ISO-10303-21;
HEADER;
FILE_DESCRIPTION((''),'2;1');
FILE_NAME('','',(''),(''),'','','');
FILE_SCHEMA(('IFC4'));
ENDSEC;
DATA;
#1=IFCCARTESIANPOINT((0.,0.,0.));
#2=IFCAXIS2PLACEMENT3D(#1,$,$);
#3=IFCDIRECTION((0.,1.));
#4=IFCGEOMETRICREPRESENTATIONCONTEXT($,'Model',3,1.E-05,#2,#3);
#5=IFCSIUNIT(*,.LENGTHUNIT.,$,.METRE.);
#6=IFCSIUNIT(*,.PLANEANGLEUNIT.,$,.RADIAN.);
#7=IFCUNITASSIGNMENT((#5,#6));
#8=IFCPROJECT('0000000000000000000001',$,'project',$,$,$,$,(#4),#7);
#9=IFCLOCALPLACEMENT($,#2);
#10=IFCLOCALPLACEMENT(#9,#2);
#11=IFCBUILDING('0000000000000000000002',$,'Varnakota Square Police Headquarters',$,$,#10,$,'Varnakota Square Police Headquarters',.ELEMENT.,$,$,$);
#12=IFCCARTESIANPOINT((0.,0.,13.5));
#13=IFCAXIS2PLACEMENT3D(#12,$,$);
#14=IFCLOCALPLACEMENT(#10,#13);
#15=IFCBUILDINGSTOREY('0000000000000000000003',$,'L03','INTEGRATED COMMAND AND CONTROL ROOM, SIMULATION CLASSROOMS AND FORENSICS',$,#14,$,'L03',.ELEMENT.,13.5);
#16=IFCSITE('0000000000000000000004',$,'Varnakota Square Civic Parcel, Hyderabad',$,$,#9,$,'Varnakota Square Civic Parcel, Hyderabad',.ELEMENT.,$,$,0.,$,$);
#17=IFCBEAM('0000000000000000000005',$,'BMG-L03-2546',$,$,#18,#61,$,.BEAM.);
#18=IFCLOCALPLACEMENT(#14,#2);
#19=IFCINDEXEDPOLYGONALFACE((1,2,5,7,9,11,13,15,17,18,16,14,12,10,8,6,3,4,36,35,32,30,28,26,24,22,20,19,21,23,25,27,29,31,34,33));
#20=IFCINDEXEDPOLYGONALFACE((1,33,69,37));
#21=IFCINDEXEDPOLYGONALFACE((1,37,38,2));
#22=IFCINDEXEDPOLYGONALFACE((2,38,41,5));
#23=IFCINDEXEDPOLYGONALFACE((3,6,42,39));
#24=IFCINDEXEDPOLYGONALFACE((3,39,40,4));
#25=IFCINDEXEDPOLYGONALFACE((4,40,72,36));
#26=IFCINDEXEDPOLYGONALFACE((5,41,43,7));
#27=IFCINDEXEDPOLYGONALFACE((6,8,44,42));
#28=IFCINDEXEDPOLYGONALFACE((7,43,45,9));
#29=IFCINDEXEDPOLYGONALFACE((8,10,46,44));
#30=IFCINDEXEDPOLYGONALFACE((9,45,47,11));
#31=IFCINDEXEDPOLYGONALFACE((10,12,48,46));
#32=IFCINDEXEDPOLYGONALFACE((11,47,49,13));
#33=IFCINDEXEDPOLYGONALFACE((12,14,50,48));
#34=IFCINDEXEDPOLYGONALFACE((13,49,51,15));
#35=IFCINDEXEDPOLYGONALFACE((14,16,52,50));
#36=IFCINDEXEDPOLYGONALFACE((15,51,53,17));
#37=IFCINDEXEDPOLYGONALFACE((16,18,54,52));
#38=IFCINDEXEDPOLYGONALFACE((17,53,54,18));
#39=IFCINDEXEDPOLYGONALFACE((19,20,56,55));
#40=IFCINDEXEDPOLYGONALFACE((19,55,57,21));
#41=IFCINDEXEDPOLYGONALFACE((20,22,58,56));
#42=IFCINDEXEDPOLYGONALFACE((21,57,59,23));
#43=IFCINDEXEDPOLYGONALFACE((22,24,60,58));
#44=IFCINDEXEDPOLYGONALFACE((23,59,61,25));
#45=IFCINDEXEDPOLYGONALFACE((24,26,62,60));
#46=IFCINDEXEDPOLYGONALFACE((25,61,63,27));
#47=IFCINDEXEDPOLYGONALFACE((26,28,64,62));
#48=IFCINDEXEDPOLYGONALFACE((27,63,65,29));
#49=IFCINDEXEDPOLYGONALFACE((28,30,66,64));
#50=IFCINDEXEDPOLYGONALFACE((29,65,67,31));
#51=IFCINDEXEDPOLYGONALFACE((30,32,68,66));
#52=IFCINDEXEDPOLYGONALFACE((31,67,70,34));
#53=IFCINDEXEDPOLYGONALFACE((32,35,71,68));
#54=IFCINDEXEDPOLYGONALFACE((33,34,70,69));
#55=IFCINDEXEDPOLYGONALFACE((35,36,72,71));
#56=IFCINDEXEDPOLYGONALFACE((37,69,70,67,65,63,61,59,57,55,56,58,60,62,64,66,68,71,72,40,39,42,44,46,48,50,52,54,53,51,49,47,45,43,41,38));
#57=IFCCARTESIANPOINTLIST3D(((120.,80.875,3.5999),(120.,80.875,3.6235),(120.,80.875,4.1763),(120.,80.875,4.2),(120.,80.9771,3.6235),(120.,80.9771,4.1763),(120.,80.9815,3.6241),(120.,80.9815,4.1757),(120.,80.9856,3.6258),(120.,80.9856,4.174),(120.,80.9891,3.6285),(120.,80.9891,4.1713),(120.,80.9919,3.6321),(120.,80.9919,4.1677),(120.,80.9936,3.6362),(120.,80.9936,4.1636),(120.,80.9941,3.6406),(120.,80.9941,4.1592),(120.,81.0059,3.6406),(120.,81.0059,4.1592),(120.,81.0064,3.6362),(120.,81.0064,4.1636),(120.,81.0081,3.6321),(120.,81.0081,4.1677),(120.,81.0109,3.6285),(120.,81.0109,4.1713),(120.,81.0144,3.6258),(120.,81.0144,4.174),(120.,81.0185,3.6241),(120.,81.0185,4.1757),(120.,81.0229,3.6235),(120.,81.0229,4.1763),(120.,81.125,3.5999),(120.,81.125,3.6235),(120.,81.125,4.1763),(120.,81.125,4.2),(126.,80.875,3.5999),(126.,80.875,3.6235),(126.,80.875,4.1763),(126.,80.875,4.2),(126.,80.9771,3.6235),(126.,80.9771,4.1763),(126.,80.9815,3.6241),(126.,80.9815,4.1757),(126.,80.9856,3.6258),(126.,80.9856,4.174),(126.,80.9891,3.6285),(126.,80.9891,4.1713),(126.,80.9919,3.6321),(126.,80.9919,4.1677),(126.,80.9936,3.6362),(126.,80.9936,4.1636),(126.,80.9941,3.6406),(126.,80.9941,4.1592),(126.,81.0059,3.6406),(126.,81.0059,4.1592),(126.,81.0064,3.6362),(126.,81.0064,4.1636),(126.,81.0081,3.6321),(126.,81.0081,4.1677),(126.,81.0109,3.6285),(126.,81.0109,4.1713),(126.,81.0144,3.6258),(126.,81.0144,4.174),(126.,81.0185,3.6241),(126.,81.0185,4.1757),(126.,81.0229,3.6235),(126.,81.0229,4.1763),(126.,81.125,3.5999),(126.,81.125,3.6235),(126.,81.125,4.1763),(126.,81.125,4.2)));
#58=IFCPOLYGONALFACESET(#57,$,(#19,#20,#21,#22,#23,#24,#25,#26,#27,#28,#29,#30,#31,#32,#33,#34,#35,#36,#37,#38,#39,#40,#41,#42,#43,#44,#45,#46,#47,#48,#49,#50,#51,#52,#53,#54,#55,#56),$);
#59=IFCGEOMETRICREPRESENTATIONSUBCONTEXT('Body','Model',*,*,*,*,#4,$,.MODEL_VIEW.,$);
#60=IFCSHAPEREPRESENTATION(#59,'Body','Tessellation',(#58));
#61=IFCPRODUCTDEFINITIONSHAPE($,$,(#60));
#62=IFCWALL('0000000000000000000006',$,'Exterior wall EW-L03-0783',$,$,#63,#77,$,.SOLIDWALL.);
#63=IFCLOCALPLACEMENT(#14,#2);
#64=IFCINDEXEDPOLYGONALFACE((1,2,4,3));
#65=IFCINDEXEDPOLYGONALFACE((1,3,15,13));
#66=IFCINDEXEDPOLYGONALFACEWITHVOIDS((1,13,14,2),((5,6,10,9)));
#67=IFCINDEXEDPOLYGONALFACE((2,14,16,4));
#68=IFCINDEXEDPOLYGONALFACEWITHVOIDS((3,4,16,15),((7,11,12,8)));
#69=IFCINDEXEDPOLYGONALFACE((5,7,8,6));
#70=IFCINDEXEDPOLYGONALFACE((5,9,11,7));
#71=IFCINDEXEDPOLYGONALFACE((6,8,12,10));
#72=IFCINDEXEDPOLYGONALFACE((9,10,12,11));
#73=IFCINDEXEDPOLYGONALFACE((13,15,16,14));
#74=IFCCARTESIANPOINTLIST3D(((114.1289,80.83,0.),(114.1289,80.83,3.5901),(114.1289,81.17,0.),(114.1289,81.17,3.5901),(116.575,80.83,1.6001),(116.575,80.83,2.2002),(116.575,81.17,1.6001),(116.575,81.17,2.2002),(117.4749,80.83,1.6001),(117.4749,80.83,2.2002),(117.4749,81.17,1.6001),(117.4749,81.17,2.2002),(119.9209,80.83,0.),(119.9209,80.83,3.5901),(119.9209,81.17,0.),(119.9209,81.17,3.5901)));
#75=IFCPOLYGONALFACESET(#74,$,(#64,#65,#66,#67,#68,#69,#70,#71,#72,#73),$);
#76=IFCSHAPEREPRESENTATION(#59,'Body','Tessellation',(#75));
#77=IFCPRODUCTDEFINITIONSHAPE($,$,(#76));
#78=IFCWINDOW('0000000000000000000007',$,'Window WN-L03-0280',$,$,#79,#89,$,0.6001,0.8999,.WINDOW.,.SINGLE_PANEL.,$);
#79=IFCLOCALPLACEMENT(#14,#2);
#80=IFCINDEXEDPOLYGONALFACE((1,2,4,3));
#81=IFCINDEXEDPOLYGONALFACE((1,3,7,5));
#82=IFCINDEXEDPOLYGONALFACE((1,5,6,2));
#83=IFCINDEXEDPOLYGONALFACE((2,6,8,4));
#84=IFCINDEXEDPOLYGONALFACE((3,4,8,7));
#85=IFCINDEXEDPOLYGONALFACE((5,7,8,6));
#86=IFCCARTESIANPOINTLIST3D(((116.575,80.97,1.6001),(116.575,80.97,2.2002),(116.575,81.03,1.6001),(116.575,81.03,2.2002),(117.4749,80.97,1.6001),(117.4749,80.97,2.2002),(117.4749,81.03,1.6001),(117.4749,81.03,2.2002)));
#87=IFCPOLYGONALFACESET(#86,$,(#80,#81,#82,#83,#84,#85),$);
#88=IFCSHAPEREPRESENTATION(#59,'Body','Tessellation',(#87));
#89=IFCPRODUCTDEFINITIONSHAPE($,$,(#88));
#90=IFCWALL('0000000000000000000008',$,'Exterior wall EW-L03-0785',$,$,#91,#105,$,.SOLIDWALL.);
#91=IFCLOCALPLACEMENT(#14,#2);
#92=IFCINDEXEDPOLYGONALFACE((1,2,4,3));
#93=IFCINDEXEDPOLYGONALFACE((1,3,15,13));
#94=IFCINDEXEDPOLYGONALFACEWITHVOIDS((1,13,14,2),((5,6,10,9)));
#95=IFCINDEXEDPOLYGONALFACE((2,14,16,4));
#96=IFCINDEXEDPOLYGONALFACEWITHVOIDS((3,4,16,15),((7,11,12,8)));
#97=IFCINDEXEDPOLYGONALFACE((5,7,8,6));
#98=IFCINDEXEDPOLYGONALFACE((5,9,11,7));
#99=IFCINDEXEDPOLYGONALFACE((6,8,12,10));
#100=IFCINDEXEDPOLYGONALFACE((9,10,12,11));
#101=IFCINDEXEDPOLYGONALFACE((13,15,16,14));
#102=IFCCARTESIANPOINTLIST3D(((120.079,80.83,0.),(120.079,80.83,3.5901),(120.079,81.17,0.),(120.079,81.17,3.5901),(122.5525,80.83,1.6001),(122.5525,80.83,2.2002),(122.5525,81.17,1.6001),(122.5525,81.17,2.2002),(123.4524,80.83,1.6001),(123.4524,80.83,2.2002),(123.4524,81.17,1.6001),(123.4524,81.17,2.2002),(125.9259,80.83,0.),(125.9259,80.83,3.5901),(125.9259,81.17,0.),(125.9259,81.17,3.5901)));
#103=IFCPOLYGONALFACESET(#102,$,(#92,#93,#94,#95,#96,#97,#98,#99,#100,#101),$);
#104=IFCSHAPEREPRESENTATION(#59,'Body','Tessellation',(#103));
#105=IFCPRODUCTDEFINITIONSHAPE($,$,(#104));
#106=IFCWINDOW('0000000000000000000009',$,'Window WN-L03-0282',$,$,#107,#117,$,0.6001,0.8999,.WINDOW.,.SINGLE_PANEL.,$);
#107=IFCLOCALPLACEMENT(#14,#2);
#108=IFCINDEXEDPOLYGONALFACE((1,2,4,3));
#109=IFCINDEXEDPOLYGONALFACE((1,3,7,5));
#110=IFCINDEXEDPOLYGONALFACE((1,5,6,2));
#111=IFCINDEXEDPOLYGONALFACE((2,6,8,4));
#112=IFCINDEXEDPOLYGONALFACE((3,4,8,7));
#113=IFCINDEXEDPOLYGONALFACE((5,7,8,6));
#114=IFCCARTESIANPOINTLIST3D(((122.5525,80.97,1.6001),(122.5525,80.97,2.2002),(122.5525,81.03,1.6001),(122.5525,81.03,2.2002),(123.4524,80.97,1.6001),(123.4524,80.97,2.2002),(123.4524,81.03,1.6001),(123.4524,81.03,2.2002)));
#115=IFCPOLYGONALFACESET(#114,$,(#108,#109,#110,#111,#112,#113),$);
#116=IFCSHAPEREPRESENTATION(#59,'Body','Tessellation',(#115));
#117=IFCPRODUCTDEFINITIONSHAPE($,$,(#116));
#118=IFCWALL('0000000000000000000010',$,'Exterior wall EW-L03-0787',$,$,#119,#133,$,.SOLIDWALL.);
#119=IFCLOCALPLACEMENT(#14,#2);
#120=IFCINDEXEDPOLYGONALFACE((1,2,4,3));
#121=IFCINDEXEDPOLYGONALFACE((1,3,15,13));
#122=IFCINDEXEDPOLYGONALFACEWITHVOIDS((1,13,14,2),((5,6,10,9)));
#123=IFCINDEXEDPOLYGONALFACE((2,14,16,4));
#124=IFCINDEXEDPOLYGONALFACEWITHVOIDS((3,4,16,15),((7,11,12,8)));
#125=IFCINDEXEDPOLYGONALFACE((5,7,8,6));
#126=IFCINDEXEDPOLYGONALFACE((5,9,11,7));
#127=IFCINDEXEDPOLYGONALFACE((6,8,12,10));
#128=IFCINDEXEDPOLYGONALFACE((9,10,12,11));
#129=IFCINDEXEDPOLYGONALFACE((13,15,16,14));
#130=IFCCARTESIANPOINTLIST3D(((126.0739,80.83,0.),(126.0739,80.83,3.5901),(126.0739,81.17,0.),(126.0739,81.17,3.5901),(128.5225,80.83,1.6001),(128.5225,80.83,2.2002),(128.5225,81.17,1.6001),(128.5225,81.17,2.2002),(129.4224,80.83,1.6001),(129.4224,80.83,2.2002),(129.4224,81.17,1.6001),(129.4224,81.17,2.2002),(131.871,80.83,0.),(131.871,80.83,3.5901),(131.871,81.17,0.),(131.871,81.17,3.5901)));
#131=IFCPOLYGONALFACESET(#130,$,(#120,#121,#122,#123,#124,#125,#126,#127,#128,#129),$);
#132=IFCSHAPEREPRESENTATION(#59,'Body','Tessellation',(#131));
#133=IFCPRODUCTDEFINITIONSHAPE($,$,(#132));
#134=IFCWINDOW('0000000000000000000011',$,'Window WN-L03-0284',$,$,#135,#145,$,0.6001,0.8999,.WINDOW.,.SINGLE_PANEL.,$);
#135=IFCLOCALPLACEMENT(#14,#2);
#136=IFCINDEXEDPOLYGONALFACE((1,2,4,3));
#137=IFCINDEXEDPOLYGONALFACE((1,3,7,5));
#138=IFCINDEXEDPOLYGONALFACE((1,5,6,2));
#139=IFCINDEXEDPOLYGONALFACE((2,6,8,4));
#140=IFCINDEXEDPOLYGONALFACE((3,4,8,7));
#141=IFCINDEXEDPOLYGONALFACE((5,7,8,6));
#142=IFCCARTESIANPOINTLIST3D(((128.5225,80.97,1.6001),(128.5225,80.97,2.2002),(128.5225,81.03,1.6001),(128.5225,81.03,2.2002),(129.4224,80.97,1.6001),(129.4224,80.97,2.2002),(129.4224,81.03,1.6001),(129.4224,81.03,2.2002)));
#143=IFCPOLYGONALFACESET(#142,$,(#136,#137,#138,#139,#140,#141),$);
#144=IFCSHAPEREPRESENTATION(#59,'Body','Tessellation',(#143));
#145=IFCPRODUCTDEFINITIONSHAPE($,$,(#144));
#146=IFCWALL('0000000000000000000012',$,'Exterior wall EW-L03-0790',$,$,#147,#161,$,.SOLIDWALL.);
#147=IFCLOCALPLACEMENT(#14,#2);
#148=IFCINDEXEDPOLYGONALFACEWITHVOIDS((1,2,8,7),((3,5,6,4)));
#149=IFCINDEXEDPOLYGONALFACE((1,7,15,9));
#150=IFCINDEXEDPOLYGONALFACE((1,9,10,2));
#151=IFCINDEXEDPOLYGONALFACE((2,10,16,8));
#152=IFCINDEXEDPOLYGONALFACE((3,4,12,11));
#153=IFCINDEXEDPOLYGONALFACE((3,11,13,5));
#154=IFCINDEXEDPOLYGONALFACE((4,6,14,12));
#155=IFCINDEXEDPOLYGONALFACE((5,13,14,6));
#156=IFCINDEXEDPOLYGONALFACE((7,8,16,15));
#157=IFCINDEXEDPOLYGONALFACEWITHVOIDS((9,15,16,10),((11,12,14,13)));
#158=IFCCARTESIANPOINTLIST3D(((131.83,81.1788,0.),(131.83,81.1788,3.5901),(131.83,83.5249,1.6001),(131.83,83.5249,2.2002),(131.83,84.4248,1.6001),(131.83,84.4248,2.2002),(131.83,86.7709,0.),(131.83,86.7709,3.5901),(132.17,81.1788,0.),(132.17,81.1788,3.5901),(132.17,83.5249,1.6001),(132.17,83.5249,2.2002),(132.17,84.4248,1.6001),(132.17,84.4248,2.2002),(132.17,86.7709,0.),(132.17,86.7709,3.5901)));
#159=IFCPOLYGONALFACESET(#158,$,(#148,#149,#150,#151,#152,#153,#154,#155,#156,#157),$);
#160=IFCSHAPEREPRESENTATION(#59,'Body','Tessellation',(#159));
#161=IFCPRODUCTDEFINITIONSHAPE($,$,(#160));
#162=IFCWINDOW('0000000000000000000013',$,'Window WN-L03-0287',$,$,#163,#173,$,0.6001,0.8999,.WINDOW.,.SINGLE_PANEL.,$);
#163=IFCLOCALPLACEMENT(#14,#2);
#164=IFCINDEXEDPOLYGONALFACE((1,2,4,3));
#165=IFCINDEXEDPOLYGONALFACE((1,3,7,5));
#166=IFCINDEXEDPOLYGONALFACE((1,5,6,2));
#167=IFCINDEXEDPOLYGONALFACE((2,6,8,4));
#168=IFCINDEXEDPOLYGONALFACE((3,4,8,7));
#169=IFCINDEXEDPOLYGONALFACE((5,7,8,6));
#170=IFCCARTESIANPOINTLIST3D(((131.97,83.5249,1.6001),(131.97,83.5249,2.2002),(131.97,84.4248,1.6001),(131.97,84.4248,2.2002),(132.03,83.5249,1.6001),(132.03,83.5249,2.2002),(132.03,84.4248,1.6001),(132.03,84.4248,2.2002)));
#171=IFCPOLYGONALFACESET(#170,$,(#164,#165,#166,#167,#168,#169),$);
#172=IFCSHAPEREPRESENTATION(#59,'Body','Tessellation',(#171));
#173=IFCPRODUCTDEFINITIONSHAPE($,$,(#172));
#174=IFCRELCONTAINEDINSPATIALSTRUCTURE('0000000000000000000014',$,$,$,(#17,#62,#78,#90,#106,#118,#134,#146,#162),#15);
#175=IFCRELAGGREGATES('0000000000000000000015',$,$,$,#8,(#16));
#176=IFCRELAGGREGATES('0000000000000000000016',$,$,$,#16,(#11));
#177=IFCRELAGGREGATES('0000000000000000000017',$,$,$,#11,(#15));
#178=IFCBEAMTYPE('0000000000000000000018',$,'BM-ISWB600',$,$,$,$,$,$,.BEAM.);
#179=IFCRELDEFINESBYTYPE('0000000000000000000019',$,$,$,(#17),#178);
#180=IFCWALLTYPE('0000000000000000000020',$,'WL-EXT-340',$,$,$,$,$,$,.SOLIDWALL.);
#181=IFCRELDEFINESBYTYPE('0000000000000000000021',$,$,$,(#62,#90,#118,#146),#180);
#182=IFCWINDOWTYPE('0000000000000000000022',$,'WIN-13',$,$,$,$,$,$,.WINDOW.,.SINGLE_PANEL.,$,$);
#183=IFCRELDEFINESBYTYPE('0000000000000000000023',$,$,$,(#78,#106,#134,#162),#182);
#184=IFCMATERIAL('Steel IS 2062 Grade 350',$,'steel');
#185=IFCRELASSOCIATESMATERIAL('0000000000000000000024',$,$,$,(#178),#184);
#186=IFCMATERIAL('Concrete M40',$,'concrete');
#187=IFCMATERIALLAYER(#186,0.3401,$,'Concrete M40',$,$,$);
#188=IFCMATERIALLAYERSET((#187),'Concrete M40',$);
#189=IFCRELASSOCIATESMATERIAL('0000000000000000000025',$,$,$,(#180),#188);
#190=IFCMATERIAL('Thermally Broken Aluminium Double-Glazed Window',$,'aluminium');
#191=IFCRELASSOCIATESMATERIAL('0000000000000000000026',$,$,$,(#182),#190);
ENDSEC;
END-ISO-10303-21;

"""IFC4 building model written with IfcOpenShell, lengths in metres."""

from ifc_helpers import new_model, si_unit, direction, frame, frame_2d, origin, origin_2d, place, context, subcontext, project, spatial, rectangle, i_section, extrude, material, layer, layer_set, material_profile, profile_set, type_object, element, fill, save


model = new_model("IFC4")

# Units and contexts
model_context = context("Model", 3, precision=1e-05, world=origin(), true_north=direction((0.0, 1.0)))
body_context = subcontext(model_context, "Body", "Model", "MODEL_VIEW")
ifc_project = project(units=[si_unit("LENGTHUNIT", "METRE"), si_unit("PLANEANGLEUNIT", "RADIAN")], contexts=[model_context])

# Site, building, storey
site_placement = place(None, origin())
site = spatial("IfcSite", under=ifc_project, at=site_placement, Name="Varnakota Square Civic Parcel, Hyderabad", LongName="Varnakota Square Civic Parcel, Hyderabad", CompositionType="ELEMENT", RefElevation=0.0)
building_placement = place(site_placement, origin())
building = spatial("IfcBuilding", under=site, at=building_placement, Name="Varnakota Square Police Headquarters", LongName="Varnakota Square Police Headquarters", CompositionType="ELEMENT")
storey_placement = place(building_placement, frame((0.0, 0.0, 13.5)))
storey = spatial("IfcBuildingStorey", under=building, at=storey_placement, Name="L03", Description="INTEGRATED COMMAND AND CONTROL ROOM, SIMULATION CLASSROOMS AND FORENSICS", LongName="L03", CompositionType="ELEMENT", Elevation=13.5)

# Shared definitions
ifc_material_1 = material(Name="Steel IS 2062 Grade 350", Category="steel")

# Beam
ifc_material_profile_1 = material_profile(ifc_material_1, i_section(OverallWidth=0.25, OverallDepth=0.6001, WebThickness=0.0117, FlangeThickness=0.0237, FilletRadius=0.0171, at=origin_2d()), Name="ISWB 600")
ifc_profile_set_1 = profile_set([ifc_material_profile_1], Name="Steel IS 2062 Grade 350")
beam_type_1 = type_object("IfcBeamType", Name="BM-ISWB600", PredefinedType="BEAM", material=ifc_profile_set_1)
beam_1_placement = place(storey_placement, frame((120.0, 81.0, 3.8999), z_axis=(1.0, 0.0, 0.0), x_axis=(0.0, 1.0, 0.0)))
element("IfcBeam", 1, at=beam_1_placement, inside=storey, type_object=beam_type_1, Name="BMG-L03-2546", PredefinedType="BEAM", context=body_context, shape_type="SweptSolid", body=[
    extrude(i_section(OverallWidth=0.25, OverallDepth=0.6001, WebThickness=0.0117, FlangeThickness=0.0237, FilletRadius=0.0171, at=origin_2d()), origin(), (0.0, 0.0, 1.0), 6.0),
])

# Walls, openings, windows
ifc_material_2 = material(Name="Concrete M40", Category="concrete")
ifc_layer = layer(ifc_material_2, 0.3401, Name="Concrete M40")
ifc_layer_set = layer_set([ifc_layer], Name="Concrete M40")
wall_type = type_object("IfcWallType", Name="WL-EXT-340", PredefinedType="SOLIDWALL", material=ifc_layer_set)
wall_1_placement = place(storey_placement, frame((114.1289, 81.0, 0.0), z_axis=(0.0, 0.0, 1.0), x_axis=(1.0, 0.0, 0.0)))
wall_1 = element("IfcWall", 2, at=wall_1_placement, inside=storey, type_object=wall_type, Name="Exterior wall EW-L03-0783", PredefinedType="SOLIDWALL", context=body_context, shape_type="SweptSolid", body=[
    extrude(rectangle(XDim=5.792, YDim=0.3401, at=frame_2d((2.896, 0.0))), origin(), (0.0, 0.0, 1.0), 3.5901),
])
opening_1_placement = place(wall_1_placement, frame((2.446, 0.0, 1.6001)))
opening_1 = element("IfcOpeningElement", 3, at=opening_1_placement, cuts=wall_1, PredefinedType="OPENING", context=body_context, shape_type="SweptSolid", body=[
    extrude(rectangle(XDim=0.8999, YDim=0.6001, at=frame_2d((0.45, 0.3))), frame((0.0, 0.1799, 0.0), z_axis=(0.0, -1.0, 0.0), x_axis=(1.0, 0.0, 0.0)), (0.0, 0.0, 1.0), 0.3601),
])
ifc_material_3 = material(Name="Thermally Broken Aluminium Double-Glazed Window", Category="aluminium")
window_type = type_object("IfcWindowType", Name="WIN-13", PartitioningType="SINGLE_PANEL", PredefinedType="WINDOW", material=ifc_material_3)
window_1_placement = place(opening_1_placement, origin())
window_1 = element("IfcWindow", 4, at=window_1_placement, inside=storey, type_object=window_type, Name="Window WN-L03-0280", OverallHeight=0.6001, OverallWidth=0.8999, PartitioningType="SINGLE_PANEL", PredefinedType="WINDOW", context=body_context, shape_type="SweptSolid", body=[
    extrude(rectangle(XDim=0.8999, YDim=0.6001, at=frame_2d((0.45, 0.3))), frame((0.0, 0.03, 0.0), z_axis=(0.0, -1.0, 0.0), x_axis=(1.0, 0.0, 0.0)), (0.0, 0.0, 1.0), 0.0601),
])
fill(opening_1, window_1)
wall_2_placement = place(storey_placement, frame((120.0791, 81.0, 0.0), z_axis=(0.0, 0.0, 1.0), x_axis=(1.0, 0.0, 0.0)))
wall_2 = element("IfcWall", 5, at=wall_2_placement, inside=storey, type_object=wall_type, Name="Exterior wall EW-L03-0785", PredefinedType="SOLIDWALL", context=body_context, shape_type="SweptSolid", body=[
    extrude(rectangle(XDim=5.8469, YDim=0.3401, at=frame_2d((2.9233, 0.0))), origin(), (0.0, 0.0, 1.0), 3.5901),
])
opening_2_placement = place(wall_2_placement, frame((2.4734, 0.0, 1.6001)))
opening_2 = element("IfcOpeningElement", 6, at=opening_2_placement, cuts=wall_2, PredefinedType="OPENING", context=body_context, shape_type="SweptSolid", body=[
    extrude(rectangle(XDim=0.8999, YDim=0.6001, at=frame_2d((0.45, 0.3))), frame((0.0, 0.1799, 0.0), z_axis=(0.0, -1.0, 0.0), x_axis=(1.0, 0.0, 0.0)), (0.0, 0.0, 1.0), 0.3601),
])
window_2_placement = place(opening_2_placement, origin())
window_2 = element("IfcWindow", 7, at=window_2_placement, inside=storey, type_object=window_type, Name="Window WN-L03-0282", OverallHeight=0.6001, OverallWidth=0.8999, PartitioningType="SINGLE_PANEL", PredefinedType="WINDOW", context=body_context, shape_type="SweptSolid", body=[
    extrude(rectangle(XDim=0.8999, YDim=0.6001, at=frame_2d((0.45, 0.3))), frame((0.0, 0.03, 0.0), z_axis=(0.0, -1.0, 0.0), x_axis=(1.0, 0.0, 0.0)), (0.0, 0.0, 1.0), 0.0601),
])
fill(opening_2, window_2)
wall_3_placement = place(storey_placement, frame((126.074, 81.0, 0.0), z_axis=(0.0, 0.0, 1.0), x_axis=(1.0, 0.0, 0.0)))
wall_3 = element("IfcWall", 8, at=wall_3_placement, inside=storey, type_object=wall_type, Name="Exterior wall EW-L03-0787", PredefinedType="SOLIDWALL", context=body_context, shape_type="SweptSolid", body=[
    extrude(rectangle(XDim=5.7971, YDim=0.3401, at=frame_2d((2.8984, 0.0))), origin(), (0.0, 0.0, 1.0), 3.5901),
])
opening_3_placement = place(wall_3_placement, frame((2.4485, 0.0, 1.6001)))
opening_3 = element("IfcOpeningElement", 9, at=opening_3_placement, cuts=wall_3, PredefinedType="OPENING", context=body_context, shape_type="SweptSolid", body=[
    extrude(rectangle(XDim=0.8999, YDim=0.6001, at=frame_2d((0.45, 0.3))), frame((0.0, 0.1799, 0.0), z_axis=(0.0, -1.0, 0.0), x_axis=(1.0, 0.0, 0.0)), (0.0, 0.0, 1.0), 0.3601),
])
window_3_placement = place(opening_3_placement, origin())
window_3 = element("IfcWindow", 10, at=window_3_placement, inside=storey, type_object=window_type, Name="Window WN-L03-0284", OverallHeight=0.6001, OverallWidth=0.8999, PartitioningType="SINGLE_PANEL", PredefinedType="WINDOW", context=body_context, shape_type="SweptSolid", body=[
    extrude(rectangle(XDim=0.8999, YDim=0.6001, at=frame_2d((0.45, 0.3))), frame((0.0, 0.03, 0.0), z_axis=(0.0, -1.0, 0.0), x_axis=(1.0, 0.0, 0.0)), (0.0, 0.0, 1.0), 0.0601),
])
fill(opening_3, window_3)
wall_4_placement = place(storey_placement, frame((132.0, 81.179, 0.0), z_axis=(0.0, 0.0, 1.0), x_axis=(0.0, 1.0, 0.0)))
wall_4 = element("IfcWall", 11, at=wall_4_placement, inside=storey, type_object=wall_type, Name="Exterior wall EW-L03-0790", PredefinedType="SOLIDWALL", context=body_context, shape_type="SweptSolid", body=[
    extrude(rectangle(XDim=5.592, YDim=0.3401, at=frame_2d((2.7959, 0.0))), origin(), (0.0, 0.0, 1.0), 3.5901),
])
opening_4_placement = place(wall_4_placement, frame((2.3459, 0.0, 1.6001)))
opening_4 = element("IfcOpeningElement", 12, at=opening_4_placement, cuts=wall_4, PredefinedType="OPENING", context=body_context, shape_type="SweptSolid", body=[
    extrude(rectangle(XDim=0.8999, YDim=0.6001, at=frame_2d((0.45, 0.3))), frame((0.0, 0.1799, 0.0), z_axis=(0.0, -1.0, 0.0), x_axis=(1.0, 0.0, 0.0)), (0.0, 0.0, 1.0), 0.3601),
])
window_4_placement = place(opening_4_placement, origin())
window_4 = element("IfcWindow", 13, at=window_4_placement, inside=storey, type_object=window_type, Name="Window WN-L03-0287", OverallHeight=0.6001, OverallWidth=0.8999, PartitioningType="SINGLE_PANEL", PredefinedType="WINDOW", context=body_context, shape_type="SweptSolid", body=[
    extrude(rectangle(XDim=0.8999, YDim=0.6001, at=frame_2d((0.45, 0.3))), frame((0.0, 0.03, 0.0), z_axis=(0.0, -1.0, 0.0), x_axis=(1.0, 0.0, 0.0)), (0.0, 0.0, 1.0), 0.0601),
])
fill(opening_4, window_4)

save(model, "model.ifc")
